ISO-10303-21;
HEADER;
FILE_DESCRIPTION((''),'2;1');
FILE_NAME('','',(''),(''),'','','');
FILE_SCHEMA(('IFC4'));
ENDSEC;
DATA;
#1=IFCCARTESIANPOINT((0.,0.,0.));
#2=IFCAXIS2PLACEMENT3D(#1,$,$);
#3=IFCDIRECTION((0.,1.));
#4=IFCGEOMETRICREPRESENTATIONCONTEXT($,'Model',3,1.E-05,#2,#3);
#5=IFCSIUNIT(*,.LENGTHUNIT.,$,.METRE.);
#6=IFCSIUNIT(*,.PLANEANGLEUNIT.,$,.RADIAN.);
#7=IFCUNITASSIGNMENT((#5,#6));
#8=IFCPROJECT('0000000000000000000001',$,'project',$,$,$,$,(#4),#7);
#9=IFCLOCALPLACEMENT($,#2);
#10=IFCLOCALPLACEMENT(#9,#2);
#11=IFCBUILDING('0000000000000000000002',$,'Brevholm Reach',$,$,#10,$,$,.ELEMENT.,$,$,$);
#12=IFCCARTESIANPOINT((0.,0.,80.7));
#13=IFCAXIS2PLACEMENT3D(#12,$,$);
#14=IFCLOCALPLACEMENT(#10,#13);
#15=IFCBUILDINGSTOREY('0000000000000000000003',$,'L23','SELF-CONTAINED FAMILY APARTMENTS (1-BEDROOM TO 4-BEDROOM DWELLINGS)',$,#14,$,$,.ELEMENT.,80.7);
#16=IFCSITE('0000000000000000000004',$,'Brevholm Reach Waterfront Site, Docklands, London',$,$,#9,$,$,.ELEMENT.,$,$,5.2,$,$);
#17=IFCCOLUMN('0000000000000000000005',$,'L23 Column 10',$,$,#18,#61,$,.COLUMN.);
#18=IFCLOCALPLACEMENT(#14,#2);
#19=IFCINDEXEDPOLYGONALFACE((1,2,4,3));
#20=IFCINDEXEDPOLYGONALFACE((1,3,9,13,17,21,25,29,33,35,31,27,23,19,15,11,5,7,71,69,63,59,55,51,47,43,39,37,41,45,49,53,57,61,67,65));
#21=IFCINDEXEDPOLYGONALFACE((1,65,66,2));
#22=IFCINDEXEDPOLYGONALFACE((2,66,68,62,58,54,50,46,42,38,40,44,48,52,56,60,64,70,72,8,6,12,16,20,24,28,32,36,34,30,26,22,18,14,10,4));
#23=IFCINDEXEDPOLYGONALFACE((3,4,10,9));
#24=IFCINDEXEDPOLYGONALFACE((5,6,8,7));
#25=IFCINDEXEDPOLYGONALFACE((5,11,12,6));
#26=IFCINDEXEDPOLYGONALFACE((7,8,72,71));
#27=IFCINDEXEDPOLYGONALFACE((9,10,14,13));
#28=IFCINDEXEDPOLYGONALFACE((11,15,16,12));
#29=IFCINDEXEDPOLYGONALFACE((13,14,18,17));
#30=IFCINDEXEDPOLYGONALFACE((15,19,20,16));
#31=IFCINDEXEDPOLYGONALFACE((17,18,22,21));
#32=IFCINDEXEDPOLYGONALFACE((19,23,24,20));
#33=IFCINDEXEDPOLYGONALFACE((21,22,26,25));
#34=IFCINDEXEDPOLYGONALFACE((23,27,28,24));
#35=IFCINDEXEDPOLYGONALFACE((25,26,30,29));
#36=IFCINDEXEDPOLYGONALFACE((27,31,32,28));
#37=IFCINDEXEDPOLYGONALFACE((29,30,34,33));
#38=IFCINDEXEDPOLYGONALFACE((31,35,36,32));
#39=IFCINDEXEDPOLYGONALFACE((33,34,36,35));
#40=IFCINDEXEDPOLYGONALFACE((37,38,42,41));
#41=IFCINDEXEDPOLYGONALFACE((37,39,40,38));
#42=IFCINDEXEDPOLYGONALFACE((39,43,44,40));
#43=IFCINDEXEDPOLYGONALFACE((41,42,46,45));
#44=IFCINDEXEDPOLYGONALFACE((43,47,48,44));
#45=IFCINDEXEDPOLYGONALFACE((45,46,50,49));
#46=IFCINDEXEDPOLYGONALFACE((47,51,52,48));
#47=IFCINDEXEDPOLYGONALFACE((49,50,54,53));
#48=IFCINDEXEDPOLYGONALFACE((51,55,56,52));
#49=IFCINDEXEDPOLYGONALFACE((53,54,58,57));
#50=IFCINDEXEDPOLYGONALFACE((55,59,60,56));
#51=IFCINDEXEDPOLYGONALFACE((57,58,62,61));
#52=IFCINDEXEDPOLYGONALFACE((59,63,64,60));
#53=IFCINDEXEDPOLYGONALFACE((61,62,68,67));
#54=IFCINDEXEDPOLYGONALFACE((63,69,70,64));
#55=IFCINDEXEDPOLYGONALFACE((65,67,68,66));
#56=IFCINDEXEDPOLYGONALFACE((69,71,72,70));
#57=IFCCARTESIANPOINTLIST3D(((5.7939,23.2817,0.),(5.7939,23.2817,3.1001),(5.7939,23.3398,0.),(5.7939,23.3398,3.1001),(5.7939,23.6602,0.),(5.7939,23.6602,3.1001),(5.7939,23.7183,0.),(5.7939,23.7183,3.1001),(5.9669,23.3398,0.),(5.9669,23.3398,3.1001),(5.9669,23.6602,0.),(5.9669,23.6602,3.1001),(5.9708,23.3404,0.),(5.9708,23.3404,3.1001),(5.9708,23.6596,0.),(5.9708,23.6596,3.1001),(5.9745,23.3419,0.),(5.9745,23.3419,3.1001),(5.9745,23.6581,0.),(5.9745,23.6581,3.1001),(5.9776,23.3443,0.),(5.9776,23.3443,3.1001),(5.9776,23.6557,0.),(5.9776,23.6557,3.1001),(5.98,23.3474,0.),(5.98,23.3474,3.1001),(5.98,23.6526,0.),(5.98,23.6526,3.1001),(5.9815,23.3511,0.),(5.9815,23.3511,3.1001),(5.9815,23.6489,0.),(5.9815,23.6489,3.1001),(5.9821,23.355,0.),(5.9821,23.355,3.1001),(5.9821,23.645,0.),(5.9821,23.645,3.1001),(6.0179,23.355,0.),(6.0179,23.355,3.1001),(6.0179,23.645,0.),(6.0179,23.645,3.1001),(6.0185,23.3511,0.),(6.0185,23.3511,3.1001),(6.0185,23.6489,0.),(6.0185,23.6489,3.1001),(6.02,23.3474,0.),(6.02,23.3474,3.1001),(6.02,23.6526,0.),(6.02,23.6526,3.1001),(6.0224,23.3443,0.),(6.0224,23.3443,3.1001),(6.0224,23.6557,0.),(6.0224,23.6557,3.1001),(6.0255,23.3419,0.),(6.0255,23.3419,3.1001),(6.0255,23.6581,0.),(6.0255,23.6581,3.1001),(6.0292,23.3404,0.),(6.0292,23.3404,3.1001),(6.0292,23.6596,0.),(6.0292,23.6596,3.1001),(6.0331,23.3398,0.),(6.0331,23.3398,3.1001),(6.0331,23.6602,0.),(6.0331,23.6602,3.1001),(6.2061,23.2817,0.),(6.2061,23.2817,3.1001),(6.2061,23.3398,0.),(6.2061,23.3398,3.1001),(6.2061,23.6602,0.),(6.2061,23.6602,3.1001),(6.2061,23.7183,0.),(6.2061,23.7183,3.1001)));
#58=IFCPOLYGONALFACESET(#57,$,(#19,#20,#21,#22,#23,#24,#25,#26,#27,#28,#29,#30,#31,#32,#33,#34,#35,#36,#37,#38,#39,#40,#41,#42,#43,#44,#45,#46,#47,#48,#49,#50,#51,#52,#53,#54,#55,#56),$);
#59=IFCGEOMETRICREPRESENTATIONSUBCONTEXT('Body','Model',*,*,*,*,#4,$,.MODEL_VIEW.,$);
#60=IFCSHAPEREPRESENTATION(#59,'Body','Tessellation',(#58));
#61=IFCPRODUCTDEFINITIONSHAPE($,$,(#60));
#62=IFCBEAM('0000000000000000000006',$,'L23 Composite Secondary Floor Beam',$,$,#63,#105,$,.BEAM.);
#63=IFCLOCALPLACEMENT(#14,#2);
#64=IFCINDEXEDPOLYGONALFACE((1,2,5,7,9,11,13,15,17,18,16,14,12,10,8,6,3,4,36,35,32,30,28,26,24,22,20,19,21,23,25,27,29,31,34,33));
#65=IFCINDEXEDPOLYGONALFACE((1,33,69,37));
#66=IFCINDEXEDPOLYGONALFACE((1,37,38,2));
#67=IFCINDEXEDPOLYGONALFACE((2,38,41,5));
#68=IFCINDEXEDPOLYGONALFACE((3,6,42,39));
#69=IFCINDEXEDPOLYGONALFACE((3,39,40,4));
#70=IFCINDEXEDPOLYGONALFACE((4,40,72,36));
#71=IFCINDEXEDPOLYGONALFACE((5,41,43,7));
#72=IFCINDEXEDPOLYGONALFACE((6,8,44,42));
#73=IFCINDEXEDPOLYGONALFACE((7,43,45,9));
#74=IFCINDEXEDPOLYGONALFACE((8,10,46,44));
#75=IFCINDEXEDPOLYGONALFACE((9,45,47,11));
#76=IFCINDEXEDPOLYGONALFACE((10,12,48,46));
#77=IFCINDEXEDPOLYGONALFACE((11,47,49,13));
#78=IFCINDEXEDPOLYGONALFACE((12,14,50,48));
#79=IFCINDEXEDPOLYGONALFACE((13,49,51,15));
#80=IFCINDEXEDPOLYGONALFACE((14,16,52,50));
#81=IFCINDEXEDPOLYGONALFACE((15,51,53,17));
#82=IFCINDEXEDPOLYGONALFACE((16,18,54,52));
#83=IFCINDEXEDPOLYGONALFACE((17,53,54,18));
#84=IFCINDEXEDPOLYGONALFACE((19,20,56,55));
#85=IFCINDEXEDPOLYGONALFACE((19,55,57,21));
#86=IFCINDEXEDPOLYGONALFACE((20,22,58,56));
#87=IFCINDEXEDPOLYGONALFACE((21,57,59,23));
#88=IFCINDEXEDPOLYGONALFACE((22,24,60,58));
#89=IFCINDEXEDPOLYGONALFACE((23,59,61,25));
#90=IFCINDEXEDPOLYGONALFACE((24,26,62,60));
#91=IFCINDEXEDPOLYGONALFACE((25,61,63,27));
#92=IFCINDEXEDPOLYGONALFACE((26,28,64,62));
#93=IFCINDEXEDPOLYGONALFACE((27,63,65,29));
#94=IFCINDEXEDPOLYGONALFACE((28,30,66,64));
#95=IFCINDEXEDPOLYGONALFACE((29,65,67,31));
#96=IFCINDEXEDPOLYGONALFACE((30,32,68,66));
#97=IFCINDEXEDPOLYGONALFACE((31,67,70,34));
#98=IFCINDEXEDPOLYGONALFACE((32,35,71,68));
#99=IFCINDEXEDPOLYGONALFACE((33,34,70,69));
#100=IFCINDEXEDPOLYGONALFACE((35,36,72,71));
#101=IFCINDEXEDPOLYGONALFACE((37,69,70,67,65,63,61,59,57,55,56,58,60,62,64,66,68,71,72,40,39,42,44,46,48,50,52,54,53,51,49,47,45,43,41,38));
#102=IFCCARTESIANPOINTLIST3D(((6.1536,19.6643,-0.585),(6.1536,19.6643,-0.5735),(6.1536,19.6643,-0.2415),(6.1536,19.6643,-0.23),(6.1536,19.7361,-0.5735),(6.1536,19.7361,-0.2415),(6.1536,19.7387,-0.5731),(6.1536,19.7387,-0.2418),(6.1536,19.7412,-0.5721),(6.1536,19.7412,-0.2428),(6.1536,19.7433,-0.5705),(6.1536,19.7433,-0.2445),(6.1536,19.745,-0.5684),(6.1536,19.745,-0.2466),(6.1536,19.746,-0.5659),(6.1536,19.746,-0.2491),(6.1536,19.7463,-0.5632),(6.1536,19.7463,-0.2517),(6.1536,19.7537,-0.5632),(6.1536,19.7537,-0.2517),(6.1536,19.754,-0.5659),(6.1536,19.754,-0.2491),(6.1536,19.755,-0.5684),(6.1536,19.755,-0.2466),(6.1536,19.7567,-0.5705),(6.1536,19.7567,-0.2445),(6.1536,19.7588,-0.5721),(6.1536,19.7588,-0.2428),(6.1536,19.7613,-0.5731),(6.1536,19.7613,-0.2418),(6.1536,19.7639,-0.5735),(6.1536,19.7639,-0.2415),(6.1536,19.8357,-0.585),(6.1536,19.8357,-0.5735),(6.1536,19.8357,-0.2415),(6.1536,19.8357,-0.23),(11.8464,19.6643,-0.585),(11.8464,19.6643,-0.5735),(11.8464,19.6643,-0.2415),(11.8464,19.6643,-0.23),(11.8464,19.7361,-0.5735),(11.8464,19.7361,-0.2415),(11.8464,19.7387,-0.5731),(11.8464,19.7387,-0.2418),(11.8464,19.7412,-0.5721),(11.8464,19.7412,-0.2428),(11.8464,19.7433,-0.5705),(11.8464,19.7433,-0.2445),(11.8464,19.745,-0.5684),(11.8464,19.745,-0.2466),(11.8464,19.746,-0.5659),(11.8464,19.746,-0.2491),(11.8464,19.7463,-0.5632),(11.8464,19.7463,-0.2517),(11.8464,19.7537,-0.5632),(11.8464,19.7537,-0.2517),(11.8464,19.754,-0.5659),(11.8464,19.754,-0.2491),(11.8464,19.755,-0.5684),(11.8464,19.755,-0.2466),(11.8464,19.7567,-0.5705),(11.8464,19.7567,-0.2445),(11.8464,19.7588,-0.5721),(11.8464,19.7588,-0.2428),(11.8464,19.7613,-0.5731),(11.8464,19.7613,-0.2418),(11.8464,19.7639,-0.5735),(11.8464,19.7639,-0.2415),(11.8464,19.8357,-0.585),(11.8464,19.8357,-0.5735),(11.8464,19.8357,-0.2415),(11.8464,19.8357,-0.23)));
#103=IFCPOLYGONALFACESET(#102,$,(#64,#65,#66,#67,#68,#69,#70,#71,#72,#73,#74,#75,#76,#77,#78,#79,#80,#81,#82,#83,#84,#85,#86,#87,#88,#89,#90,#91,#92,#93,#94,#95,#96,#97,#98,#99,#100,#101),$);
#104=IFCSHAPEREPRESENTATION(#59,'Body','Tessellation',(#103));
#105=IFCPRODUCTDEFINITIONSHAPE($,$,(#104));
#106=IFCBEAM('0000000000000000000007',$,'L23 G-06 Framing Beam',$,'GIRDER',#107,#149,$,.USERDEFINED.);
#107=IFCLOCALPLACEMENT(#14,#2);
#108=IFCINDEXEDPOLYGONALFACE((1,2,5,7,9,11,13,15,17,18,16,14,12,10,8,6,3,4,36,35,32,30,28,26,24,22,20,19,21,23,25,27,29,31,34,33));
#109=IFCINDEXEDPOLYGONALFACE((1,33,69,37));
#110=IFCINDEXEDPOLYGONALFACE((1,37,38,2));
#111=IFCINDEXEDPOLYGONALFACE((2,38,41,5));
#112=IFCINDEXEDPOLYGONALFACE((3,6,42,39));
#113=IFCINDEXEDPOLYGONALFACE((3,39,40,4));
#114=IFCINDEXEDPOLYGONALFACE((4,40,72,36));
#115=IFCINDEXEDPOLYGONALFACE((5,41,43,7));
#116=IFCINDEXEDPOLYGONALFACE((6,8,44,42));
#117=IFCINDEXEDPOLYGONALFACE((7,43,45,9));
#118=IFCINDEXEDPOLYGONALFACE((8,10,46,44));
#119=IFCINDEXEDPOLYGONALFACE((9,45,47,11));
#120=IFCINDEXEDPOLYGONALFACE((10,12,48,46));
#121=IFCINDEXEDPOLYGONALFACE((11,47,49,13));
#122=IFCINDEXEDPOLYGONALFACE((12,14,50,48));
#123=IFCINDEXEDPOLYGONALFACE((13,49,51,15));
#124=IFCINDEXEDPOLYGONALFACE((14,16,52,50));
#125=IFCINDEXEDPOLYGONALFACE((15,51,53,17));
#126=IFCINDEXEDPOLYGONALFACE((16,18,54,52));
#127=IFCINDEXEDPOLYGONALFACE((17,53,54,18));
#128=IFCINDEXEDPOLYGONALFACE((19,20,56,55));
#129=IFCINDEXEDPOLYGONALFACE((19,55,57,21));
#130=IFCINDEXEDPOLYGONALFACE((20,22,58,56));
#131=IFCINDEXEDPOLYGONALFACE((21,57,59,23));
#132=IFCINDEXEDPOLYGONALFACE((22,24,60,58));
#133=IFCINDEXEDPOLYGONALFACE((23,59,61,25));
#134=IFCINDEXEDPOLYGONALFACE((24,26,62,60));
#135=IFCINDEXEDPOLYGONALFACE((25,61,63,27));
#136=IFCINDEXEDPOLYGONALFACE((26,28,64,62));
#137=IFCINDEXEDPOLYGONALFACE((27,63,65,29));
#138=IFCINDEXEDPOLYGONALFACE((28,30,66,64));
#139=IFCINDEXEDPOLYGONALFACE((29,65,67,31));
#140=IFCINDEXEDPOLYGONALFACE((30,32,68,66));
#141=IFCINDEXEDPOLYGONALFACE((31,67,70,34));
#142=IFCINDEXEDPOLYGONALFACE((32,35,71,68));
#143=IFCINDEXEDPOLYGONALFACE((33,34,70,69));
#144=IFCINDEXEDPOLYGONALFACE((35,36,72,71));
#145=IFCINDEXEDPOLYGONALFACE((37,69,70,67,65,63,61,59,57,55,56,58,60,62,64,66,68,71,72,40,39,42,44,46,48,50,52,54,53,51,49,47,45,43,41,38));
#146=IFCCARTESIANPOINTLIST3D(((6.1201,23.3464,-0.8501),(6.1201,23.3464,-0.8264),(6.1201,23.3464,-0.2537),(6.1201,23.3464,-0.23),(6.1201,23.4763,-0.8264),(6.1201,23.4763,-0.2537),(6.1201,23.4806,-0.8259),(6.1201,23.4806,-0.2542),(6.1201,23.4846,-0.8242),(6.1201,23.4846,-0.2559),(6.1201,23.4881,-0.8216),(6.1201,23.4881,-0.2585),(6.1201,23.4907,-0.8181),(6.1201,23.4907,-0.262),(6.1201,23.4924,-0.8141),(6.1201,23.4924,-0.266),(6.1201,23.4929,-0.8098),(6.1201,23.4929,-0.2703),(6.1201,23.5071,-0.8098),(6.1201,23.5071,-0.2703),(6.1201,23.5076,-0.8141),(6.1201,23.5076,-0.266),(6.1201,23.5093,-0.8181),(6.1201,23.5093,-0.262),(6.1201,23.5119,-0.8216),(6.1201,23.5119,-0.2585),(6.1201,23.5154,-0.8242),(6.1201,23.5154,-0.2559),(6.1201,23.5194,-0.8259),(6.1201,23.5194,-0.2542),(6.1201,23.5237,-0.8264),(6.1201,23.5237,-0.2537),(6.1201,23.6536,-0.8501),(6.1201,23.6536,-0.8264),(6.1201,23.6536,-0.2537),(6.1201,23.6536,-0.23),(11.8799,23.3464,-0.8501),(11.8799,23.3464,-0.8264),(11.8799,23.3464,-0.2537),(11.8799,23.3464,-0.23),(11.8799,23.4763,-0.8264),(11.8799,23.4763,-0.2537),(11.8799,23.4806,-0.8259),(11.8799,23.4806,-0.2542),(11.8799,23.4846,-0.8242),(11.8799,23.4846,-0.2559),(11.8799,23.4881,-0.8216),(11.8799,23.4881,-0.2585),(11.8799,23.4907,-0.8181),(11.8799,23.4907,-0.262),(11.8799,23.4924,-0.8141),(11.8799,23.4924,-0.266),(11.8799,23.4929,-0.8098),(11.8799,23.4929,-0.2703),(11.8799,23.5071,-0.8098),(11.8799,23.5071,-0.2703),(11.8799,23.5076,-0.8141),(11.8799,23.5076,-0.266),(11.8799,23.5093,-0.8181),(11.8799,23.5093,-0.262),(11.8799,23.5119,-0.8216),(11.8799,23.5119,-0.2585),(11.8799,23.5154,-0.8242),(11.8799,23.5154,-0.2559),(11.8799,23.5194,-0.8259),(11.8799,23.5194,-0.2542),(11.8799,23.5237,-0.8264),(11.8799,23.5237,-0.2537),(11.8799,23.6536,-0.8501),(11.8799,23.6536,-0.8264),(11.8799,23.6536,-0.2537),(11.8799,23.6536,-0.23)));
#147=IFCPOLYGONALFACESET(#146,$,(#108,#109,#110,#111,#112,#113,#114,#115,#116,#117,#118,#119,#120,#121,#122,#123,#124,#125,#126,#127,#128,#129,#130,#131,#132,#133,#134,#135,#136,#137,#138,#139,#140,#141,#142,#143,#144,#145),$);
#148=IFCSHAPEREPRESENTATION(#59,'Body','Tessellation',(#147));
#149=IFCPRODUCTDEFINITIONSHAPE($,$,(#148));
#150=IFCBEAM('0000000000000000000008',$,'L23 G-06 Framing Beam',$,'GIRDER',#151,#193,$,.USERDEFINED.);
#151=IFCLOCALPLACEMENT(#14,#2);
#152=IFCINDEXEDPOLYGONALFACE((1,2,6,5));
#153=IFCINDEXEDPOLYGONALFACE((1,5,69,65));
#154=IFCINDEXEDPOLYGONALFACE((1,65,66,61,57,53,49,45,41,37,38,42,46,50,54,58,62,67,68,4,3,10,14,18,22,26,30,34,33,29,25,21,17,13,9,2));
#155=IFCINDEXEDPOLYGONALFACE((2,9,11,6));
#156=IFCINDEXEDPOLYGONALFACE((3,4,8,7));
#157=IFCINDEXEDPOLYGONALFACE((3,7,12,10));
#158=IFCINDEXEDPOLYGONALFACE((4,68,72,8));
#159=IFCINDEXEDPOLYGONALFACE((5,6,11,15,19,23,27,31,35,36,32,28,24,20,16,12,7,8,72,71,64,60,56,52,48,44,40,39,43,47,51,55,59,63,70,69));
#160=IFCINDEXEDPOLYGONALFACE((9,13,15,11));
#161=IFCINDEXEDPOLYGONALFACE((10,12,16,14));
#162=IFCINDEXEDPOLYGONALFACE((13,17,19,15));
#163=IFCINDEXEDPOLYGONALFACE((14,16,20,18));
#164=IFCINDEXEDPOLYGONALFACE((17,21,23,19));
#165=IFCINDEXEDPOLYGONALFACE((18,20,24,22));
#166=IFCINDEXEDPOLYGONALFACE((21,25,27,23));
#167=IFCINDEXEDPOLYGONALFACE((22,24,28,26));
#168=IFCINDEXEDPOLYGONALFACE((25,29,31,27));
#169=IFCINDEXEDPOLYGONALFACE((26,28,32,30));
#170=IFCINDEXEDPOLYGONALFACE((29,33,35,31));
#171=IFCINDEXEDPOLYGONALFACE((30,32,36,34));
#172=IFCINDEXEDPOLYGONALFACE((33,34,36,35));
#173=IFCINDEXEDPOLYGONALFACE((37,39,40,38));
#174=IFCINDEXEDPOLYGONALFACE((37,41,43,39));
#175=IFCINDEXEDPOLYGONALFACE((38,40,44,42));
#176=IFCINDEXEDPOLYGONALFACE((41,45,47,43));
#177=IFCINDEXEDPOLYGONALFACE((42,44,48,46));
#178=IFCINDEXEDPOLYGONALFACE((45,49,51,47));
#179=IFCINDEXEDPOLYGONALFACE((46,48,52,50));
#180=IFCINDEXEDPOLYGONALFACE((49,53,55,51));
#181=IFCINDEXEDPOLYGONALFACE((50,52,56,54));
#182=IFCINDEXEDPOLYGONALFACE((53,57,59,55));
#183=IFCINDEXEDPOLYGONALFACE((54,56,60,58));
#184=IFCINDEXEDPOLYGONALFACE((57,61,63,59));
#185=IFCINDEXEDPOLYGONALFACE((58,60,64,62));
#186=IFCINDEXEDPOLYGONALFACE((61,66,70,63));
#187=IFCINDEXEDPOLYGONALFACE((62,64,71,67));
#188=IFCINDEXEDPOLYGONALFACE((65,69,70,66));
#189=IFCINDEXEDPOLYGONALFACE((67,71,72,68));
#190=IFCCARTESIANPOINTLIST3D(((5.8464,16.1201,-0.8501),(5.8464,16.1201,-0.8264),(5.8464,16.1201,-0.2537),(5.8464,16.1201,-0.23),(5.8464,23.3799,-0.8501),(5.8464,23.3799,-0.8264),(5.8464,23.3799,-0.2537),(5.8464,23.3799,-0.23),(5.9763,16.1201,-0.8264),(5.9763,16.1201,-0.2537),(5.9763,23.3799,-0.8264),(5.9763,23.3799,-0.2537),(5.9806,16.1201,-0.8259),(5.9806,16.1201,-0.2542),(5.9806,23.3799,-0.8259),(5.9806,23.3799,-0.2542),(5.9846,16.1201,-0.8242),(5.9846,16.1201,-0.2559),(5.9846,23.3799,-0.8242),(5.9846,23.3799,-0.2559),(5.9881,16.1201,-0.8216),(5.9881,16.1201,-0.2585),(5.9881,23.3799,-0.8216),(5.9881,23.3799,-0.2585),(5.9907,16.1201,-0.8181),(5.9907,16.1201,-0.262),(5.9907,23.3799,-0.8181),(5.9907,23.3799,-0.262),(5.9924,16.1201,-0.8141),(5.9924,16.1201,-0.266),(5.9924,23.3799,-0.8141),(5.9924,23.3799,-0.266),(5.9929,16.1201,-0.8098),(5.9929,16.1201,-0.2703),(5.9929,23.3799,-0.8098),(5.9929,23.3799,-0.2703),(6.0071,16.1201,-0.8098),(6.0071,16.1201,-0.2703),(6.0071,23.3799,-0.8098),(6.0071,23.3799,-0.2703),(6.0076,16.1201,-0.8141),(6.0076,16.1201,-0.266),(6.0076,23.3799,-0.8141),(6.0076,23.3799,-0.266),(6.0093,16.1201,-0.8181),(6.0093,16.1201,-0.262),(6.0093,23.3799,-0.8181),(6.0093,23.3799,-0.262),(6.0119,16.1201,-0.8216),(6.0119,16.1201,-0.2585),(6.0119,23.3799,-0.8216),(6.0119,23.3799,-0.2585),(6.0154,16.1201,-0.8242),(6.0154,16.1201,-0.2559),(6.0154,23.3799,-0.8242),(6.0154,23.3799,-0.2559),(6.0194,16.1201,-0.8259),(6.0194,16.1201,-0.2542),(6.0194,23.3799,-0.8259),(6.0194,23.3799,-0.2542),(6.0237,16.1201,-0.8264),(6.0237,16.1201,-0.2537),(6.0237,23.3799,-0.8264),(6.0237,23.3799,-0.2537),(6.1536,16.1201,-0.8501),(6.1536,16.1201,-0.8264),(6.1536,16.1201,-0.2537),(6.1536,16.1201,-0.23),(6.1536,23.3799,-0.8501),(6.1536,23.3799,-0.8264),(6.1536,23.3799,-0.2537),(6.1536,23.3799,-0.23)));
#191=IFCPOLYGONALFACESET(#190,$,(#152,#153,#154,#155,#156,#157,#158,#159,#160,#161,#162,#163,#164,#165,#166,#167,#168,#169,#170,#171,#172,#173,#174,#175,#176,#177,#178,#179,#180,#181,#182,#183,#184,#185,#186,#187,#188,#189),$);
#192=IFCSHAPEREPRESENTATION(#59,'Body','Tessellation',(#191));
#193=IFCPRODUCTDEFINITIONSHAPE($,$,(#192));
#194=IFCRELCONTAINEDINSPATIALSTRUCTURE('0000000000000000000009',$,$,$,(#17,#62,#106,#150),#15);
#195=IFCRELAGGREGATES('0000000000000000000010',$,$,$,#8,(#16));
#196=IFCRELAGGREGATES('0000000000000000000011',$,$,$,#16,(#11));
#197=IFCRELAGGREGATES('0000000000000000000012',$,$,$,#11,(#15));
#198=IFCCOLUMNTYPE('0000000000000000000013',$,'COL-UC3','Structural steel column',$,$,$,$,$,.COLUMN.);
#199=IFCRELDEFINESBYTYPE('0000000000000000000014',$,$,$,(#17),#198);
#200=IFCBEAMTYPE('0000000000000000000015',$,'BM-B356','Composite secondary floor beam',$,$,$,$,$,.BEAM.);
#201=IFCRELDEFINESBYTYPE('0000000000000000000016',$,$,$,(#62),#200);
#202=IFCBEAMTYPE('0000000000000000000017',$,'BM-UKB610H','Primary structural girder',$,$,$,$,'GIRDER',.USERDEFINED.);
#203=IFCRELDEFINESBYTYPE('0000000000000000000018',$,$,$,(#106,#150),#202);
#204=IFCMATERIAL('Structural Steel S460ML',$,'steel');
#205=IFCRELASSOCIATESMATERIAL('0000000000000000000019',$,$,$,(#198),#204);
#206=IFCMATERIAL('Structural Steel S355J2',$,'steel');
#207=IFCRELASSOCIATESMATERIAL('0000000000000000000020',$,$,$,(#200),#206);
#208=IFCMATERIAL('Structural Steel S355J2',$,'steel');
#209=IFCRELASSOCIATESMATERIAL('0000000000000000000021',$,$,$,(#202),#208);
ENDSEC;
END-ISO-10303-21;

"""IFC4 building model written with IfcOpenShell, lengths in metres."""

from ifc_helpers import new_model, si_unit, direction, frame, origin, origin_2d, place, context, subcontext, project, spatial, i_section, extrude, material, material_profile, profile_set, type_object, element, save


model = new_model("IFC4")

# Units and contexts
model_context = context("Model", 3, precision=1e-05, world=origin(), true_north=direction((0.0, 1.0)))
body_context = subcontext(model_context, "Body", "Model", "MODEL_VIEW")
ifc_project = project(units=[si_unit("LENGTHUNIT", "METRE"), si_unit("PLANEANGLEUNIT", "RADIAN")], contexts=[model_context])

# Site, building, storey
site_placement = place(None, origin())
site = spatial("IfcSite", under=ifc_project, at=site_placement, Name="Brevholm Reach Waterfront Site, Docklands, London", CompositionType="ELEMENT", RefElevation=5.2)
building_placement = place(site_placement, origin())
building = spatial("IfcBuilding", under=site, at=building_placement, Name="Brevholm Reach", CompositionType="ELEMENT")
storey_placement = place(building_placement, frame((0.0, 0.0, 80.7)))
storey = spatial("IfcBuildingStorey", under=building, at=storey_placement, Name="L23", Description="SELF-CONTAINED FAMILY APARTMENTS (1-BEDROOM TO 4-BEDROOM DWELLINGS)", CompositionType="ELEMENT", Elevation=80.7)

# Column
ifc_material_1 = material(Name="Structural Steel S460ML", Category="steel")
ifc_material_profile_1 = material_profile(ifc_material_1, i_section(OverallWidth=0.4121, OverallDepth=0.4365, WebThickness=0.0359, FlangeThickness=0.0581, FilletRadius=0.0151, at=origin_2d()), Name="UKC 356x406x467")
ifc_profile_set_1 = profile_set([ifc_material_profile_1], Name="Structural Steel S460ML")
column_type = type_object("IfcColumnType", Name="COL-UC3", Description="Structural steel column", PredefinedType="COLUMN", material=ifc_profile_set_1)
column_placement = place(storey_placement, frame((6.0, 23.5, 0.0), z_axis=(0.0, 0.0, 1.0), x_axis=(1.0, 0.0, 0.0)))
element("IfcColumn", 1, at=column_placement, inside=storey, type_object=column_type, Name="L23 Column 10", PredefinedType="COLUMN", context=body_context, shape_type="SweptSolid", body=[
    extrude(i_section(OverallWidth=0.4121, OverallDepth=0.4365, WebThickness=0.0359, FlangeThickness=0.0581, FilletRadius=0.0151, at=origin_2d()), origin(), (0.0, 0.0, 1.0), 3.1001),
])

# Beams
ifc_material_2 = material(Name="Structural Steel S355J2", Category="steel")
ifc_material_profile_2 = material_profile(ifc_material_2, i_section(OverallWidth=0.1714, OverallDepth=0.355, WebThickness=0.0073, FlangeThickness=0.0115, FilletRadius=0.0103, at=origin_2d()), Name="UKB 356x171x51")
ifc_profile_set_2 = profile_set([ifc_material_profile_2], Name="Structural Steel S355J2")
beam_type_1 = type_object("IfcBeamType", Name="BM-B356", Description="Composite secondary floor beam", PredefinedType="BEAM", material=ifc_profile_set_2)
beam_1_placement = place(storey_placement, frame((6.1536, 19.75, -0.4075), z_axis=(1.0, 0.0, 0.0), x_axis=(0.0, 1.0, 0.0)))
element("IfcBeam", 2, at=beam_1_placement, inside=storey, type_object=beam_type_1, Name="L23 Composite Secondary Floor Beam", PredefinedType="BEAM", context=body_context, shape_type="SweptSolid", body=[
    extrude(i_section(OverallWidth=0.1714, OverallDepth=0.355, WebThickness=0.0073, FlangeThickness=0.0115, FilletRadius=0.0103, at=origin_2d()), origin(), (0.0, 0.0, 1.0), 5.6929),
])
ifc_material_3 = material(Name="Structural Steel S355J2", Category="steel")
ifc_material_profile_3 = material_profile(ifc_material_3, i_section(OverallWidth=0.3071, OverallDepth=0.6201, WebThickness=0.0142, FlangeThickness=0.0237, FilletRadius=0.0166, at=origin_2d()), Name="UKB 610x305x179")
ifc_profile_set_3 = profile_set([ifc_material_profile_3], Name="Structural Steel S355J2")
beam_type_2 = type_object("IfcBeamType", Name="BM-UKB610H", Description="Primary structural girder", ElementType="GIRDER", PredefinedType="USERDEFINED", material=ifc_profile_set_3)
beam_2_placement = place(storey_placement, frame((6.1201, 23.5, -0.54), z_axis=(1.0, 0.0, 0.0), x_axis=(0.0, 1.0, 0.0)))
element("IfcBeam", 3, at=beam_2_placement, inside=storey, type_object=beam_type_2, Name="L23 G-06 Framing Beam", ObjectType="GIRDER", PredefinedType="USERDEFINED", context=body_context, shape_type="SweptSolid", body=[
    extrude(i_section(OverallWidth=0.3071, OverallDepth=0.6201, WebThickness=0.0142, FlangeThickness=0.0237, FilletRadius=0.0166, at=origin_2d()), origin(), (0.0, 0.0, 1.0), 5.7598),
])
beam_3_placement = place(storey_placement, frame((6.0, 16.1201, -0.54), z_axis=(0.0, 1.0, 0.0), x_axis=(-1.0, 0.0, 0.0)))
element("IfcBeam", 4, at=beam_3_placement, inside=storey, type_object=beam_type_2, Name="L23 G-06 Framing Beam", ObjectType="GIRDER", PredefinedType="USERDEFINED", context=body_context, shape_type="SweptSolid", body=[
    extrude(i_section(OverallWidth=0.3071, OverallDepth=0.6201, WebThickness=0.0142, FlangeThickness=0.0237, FilletRadius=0.0166, at=origin_2d()), origin(), (0.0, 0.0, 1.0), 7.2598),
])

save(model, "model.ifc")
